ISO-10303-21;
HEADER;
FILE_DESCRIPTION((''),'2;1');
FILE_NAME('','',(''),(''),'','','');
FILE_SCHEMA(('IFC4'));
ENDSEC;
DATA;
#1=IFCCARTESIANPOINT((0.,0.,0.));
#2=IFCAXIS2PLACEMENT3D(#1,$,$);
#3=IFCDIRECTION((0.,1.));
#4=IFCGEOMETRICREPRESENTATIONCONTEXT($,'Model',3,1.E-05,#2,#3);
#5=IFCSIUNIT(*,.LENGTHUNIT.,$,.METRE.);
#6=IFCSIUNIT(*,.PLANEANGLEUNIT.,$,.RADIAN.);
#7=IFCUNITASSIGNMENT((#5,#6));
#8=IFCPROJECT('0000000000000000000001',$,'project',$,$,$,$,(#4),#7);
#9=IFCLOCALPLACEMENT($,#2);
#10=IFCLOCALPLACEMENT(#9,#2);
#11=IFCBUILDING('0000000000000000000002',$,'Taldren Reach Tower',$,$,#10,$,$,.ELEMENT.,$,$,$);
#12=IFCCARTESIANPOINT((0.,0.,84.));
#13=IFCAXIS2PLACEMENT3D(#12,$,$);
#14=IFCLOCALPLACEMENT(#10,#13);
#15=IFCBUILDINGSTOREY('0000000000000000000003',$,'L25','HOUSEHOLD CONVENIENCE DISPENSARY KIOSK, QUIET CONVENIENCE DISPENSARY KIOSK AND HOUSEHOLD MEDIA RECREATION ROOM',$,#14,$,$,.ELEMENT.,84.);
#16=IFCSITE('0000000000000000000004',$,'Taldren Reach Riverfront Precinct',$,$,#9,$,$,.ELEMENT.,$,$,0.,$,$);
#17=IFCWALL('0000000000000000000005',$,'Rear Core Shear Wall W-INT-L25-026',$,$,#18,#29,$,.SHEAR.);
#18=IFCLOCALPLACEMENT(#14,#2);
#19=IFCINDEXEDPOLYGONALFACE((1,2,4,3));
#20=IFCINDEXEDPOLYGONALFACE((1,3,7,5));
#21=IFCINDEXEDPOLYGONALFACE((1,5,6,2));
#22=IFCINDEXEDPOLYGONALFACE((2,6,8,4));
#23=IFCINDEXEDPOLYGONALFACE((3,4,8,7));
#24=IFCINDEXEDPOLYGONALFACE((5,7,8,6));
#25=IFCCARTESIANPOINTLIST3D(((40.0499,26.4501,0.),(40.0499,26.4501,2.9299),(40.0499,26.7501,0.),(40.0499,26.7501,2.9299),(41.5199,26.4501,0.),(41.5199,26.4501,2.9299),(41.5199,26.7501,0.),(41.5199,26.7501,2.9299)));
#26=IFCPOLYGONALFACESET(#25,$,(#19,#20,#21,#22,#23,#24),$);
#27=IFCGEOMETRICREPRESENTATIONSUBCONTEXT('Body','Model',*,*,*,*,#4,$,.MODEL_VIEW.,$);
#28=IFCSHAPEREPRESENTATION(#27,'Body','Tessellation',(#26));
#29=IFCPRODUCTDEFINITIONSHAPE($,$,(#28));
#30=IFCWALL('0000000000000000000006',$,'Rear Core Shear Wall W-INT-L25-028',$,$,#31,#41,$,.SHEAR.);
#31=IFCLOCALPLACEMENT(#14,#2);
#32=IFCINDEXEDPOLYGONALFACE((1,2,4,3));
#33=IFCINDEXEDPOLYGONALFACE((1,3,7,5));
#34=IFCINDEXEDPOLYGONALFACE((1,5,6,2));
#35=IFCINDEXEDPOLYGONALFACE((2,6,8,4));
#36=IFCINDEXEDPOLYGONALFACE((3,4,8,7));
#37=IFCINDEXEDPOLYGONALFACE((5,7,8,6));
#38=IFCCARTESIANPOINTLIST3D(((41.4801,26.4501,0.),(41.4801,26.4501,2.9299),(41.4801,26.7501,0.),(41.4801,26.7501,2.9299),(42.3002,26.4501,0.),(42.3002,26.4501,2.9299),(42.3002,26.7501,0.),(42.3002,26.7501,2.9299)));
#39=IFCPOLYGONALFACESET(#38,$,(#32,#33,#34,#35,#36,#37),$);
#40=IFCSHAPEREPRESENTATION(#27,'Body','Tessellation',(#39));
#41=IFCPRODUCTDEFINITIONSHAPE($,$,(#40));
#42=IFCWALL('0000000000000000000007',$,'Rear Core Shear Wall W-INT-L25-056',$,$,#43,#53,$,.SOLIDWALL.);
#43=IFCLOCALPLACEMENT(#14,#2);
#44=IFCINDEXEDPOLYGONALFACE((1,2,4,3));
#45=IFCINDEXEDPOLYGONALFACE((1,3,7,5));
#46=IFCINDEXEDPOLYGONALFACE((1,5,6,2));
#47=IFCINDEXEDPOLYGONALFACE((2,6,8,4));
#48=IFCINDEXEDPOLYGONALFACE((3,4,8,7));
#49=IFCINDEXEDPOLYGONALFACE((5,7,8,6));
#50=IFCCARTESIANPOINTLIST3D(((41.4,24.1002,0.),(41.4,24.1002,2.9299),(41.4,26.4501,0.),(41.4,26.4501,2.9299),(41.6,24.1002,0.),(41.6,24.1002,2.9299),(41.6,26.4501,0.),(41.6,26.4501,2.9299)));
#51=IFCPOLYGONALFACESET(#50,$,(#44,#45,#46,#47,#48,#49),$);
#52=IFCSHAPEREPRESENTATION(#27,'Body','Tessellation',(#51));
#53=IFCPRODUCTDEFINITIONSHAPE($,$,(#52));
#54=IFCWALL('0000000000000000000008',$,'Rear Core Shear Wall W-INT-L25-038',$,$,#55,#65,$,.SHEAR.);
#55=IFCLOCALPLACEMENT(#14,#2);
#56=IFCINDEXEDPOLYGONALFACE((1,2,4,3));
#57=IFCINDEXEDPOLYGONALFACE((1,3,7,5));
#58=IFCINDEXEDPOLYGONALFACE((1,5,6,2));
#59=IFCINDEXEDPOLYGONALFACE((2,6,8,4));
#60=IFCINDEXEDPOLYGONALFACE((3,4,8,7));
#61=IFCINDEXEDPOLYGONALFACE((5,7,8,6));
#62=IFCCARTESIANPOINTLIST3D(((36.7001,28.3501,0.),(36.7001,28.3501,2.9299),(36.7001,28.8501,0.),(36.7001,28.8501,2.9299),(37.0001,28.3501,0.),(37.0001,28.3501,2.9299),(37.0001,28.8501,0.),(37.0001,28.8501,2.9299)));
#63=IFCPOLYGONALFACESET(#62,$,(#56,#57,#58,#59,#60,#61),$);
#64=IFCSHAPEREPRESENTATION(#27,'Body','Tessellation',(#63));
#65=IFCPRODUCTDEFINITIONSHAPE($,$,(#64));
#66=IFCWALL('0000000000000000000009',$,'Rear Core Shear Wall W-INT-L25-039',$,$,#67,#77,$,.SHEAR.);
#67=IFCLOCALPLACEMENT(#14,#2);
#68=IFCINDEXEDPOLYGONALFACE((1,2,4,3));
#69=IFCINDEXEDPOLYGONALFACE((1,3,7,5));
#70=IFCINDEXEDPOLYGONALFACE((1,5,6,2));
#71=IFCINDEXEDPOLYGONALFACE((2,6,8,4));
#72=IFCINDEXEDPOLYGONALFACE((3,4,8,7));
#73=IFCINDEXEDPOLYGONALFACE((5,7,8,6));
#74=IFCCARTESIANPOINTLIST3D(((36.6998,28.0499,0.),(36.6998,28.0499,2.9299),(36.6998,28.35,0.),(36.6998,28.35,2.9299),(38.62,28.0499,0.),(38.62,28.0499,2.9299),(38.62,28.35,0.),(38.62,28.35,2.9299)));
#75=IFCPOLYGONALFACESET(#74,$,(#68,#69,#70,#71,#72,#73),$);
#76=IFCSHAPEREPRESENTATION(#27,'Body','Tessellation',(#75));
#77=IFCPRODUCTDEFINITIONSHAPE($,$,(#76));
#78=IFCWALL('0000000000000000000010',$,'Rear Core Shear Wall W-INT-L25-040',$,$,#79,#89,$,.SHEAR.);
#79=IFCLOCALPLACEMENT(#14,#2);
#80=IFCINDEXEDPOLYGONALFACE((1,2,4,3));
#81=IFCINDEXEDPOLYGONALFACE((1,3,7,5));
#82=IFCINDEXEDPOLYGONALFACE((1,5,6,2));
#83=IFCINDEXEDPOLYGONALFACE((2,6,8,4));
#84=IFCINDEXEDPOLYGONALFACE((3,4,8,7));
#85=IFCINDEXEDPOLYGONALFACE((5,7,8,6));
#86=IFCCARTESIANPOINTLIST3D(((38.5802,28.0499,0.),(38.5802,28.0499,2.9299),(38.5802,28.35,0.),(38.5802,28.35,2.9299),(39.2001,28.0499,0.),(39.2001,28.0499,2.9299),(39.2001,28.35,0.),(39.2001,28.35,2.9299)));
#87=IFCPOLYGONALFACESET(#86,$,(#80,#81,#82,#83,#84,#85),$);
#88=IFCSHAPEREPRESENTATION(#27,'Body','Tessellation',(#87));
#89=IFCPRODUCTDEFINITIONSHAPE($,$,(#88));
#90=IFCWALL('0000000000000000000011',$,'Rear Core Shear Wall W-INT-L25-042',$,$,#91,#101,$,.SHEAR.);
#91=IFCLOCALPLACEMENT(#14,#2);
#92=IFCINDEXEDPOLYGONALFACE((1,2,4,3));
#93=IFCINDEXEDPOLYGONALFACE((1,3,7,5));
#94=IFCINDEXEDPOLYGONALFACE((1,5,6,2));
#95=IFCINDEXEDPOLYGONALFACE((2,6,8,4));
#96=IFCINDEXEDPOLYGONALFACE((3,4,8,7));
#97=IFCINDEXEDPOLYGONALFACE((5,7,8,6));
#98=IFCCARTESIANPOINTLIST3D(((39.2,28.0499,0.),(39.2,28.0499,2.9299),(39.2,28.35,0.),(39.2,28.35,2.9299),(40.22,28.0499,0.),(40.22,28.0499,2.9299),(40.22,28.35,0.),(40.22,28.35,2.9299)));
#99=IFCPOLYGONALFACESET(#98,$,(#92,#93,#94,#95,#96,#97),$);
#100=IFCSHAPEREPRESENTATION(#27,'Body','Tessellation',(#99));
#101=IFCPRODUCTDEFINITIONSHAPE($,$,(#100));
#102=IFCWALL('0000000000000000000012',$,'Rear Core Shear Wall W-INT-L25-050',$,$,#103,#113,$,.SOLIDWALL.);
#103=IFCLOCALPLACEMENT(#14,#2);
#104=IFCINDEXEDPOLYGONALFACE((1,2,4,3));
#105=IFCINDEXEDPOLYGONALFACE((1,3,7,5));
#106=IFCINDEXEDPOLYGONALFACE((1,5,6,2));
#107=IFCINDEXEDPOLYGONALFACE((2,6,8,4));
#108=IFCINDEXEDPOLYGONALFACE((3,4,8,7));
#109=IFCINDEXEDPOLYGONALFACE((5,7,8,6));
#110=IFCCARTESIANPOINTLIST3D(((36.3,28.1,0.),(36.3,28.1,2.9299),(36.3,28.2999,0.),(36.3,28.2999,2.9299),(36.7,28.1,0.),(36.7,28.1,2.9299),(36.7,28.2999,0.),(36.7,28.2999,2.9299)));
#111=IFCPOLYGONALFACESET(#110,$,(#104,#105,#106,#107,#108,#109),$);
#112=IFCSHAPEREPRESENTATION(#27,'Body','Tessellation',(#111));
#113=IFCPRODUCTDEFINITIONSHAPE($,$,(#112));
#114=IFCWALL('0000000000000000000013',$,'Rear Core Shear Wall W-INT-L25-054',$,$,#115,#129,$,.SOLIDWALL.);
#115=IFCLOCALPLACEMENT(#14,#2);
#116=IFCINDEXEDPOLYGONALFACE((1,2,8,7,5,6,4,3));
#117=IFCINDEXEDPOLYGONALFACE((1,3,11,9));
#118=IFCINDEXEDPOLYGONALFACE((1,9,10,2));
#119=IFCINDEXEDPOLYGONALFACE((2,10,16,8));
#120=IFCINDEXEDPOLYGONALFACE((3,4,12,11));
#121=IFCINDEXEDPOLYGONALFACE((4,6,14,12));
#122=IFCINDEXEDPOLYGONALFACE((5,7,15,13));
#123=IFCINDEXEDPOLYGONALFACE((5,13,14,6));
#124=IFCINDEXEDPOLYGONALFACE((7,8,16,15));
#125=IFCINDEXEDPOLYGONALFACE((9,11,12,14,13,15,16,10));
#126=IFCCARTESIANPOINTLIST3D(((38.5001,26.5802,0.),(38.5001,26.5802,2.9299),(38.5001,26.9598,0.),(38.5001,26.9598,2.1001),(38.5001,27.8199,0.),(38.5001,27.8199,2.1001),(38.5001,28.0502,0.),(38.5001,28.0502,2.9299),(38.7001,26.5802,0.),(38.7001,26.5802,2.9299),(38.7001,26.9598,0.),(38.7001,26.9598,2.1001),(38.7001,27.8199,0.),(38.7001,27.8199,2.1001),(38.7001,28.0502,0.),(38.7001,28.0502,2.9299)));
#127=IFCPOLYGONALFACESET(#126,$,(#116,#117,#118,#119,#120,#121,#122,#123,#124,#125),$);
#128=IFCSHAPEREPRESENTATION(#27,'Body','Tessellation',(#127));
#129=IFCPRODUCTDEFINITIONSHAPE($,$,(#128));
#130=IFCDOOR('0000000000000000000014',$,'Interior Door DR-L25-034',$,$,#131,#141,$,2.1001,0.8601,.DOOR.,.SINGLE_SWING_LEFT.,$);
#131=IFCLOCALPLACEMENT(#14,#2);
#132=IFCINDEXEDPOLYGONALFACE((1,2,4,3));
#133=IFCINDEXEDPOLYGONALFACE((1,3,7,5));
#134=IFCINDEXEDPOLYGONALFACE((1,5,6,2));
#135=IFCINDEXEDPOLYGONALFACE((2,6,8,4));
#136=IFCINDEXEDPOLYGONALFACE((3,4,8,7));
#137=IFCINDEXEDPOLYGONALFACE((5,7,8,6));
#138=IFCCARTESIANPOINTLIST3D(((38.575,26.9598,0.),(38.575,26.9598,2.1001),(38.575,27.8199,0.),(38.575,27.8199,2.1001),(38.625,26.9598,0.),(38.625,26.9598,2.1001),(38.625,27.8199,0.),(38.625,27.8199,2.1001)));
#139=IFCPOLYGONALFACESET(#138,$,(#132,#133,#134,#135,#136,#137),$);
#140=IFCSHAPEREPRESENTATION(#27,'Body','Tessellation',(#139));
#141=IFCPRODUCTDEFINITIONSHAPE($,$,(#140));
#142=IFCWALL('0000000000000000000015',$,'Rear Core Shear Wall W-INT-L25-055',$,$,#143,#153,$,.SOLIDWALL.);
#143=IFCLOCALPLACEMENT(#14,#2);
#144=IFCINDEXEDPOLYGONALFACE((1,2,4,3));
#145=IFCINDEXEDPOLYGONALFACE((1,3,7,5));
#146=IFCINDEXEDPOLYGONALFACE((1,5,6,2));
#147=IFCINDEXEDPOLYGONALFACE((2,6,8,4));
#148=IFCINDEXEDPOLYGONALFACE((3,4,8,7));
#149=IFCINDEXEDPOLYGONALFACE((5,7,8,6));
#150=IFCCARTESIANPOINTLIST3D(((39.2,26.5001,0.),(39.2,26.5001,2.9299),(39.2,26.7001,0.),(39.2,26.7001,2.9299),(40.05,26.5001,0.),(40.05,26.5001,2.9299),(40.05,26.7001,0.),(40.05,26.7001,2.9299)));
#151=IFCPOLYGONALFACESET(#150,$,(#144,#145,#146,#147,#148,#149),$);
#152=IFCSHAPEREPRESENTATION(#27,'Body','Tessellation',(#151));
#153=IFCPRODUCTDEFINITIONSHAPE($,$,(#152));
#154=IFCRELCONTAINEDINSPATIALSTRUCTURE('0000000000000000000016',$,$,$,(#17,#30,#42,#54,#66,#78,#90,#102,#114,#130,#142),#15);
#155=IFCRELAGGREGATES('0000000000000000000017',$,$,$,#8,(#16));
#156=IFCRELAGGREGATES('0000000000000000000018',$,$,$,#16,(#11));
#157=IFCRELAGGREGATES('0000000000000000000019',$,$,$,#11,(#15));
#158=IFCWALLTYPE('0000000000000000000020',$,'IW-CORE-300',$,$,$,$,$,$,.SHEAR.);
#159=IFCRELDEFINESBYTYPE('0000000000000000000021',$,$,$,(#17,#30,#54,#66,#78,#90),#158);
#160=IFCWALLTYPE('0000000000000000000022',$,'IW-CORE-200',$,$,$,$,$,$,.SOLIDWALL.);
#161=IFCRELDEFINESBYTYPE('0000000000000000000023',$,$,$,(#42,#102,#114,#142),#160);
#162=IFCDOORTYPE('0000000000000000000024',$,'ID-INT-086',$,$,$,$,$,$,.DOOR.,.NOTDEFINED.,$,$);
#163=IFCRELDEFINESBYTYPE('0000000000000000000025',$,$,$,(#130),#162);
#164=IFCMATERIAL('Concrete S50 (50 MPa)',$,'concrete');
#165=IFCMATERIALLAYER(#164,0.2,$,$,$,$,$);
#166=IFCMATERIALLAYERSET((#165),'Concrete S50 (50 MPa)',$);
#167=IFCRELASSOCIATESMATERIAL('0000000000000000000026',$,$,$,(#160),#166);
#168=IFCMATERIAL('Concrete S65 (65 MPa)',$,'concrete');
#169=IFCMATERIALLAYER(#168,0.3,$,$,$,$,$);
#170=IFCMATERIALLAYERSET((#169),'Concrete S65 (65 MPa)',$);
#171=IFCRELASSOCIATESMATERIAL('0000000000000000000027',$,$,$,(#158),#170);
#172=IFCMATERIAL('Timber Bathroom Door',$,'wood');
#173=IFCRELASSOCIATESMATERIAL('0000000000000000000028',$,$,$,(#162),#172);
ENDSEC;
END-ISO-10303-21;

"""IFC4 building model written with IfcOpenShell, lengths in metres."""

from ifc_helpers import new_model, si_unit, direction, frame, frame_2d, origin, place, context, subcontext, project, spatial, rectangle, extrude, source, transform, mapped, material, layer, layer_set, type_object, element, fill, save


model = new_model("IFC4")

# Units and contexts
model_context = context("Model", 3, precision=1e-05, world=origin(), true_north=direction((0.0, 1.0)))
body_context = subcontext(model_context, "Body", "Model", "MODEL_VIEW")
ifc_project = project(units=[si_unit("LENGTHUNIT", "METRE"), si_unit("PLANEANGLEUNIT", "RADIAN")], contexts=[model_context])

# Site, building, storey
site_placement = place(None, origin())
site = spatial("IfcSite", under=ifc_project, at=site_placement, Name="Taldren Reach Riverfront Precinct", CompositionType="ELEMENT", RefElevation=0.0)
building_placement = place(site_placement, origin())
building = spatial("IfcBuilding", under=site, at=building_placement, Name="Taldren Reach Tower", CompositionType="ELEMENT")
storey_placement = place(building_placement, frame((0.0, 0.0, 84.0)))
storey = spatial("IfcBuildingStorey", under=building, at=storey_placement, Name="L25", Description="HOUSEHOLD CONVENIENCE DISPENSARY KIOSK, QUIET CONVENIENCE DISPENSARY KIOSK AND HOUSEHOLD MEDIA RECREATION ROOM", CompositionType="ELEMENT", Elevation=84.0)

# Shared definitions
ifc_material_1 = material(Name="Concrete S50 (50 MPa)", Category="concrete")
ifc_layer_1 = layer(ifc_material_1, 0.2)
ifc_layer_set_1 = layer_set([ifc_layer_1], Name="Concrete S50 (50 MPa)")
wall_type_1 = type_object("IfcWallType", Name="IW-CORE-200", PredefinedType="SOLIDWALL", material=ifc_layer_set_1)

# Walls
ifc_material_2 = material(Name="Concrete S65 (65 MPa)", Category="concrete")
ifc_layer_2 = layer(ifc_material_2, 0.3)
ifc_layer_set_2 = layer_set([ifc_layer_2], Name="Concrete S65 (65 MPa)")
wall_type_2 = type_object("IfcWallType", Name="IW-CORE-300", PredefinedType="SHEAR", material=ifc_layer_set_2)
shared_shape_1 = source(origin(), body_context, "Body", "SweptSolid", [
    extrude(rectangle(XDim=1.47, YDim=0.3, at=frame_2d((0.7349, 0.0))), origin(), (0.0, 0.0, 1.0), 2.9299),
])
wall_1_placement = place(storey_placement, frame((40.05, 26.6001, 0.0), z_axis=(0.0, 0.0, 1.0), x_axis=(1.0, 0.0, 0.0)))
element("IfcWall", 1, at=wall_1_placement, inside=storey, type_object=wall_type_2, Name="Rear Core Shear Wall W-INT-L25-026", PredefinedType="SHEAR", context=body_context, shape_type="MappedRepresentation", body=[
    mapped(shared_shape_1, transform((0.0, 0.0, 0.0), scale=1.0)),
])
shared_shape_2 = source(origin(), body_context, "Body", "SweptSolid", [
    extrude(rectangle(XDim=0.8201, YDim=0.3, at=frame_2d((0.4102, 0.0))), origin(), (0.0, 0.0, 1.0), 2.9299),
])
wall_2_placement = place(storey_placement, frame((41.48, 26.6001, 0.0), z_axis=(0.0, 0.0, 1.0), x_axis=(1.0, 0.0, 0.0)))
element("IfcWall", 2, at=wall_2_placement, inside=storey, type_object=wall_type_2, Name="Rear Core Shear Wall W-INT-L25-028", PredefinedType="SHEAR", context=body_context, shape_type="MappedRepresentation", body=[
    mapped(shared_shape_2, transform((0.0, 0.0, 0.0), scale=1.0)),
])
shared_shape_3 = source(origin(), body_context, "Body", "SweptSolid", [
    extrude(rectangle(XDim=2.3499, YDim=0.2, at=frame_2d((1.1748, 0.0))), origin(), (0.0, 0.0, 1.0), 2.9299),
])
wall_3_placement = place(storey_placement, frame((41.5, 26.45, 0.0), z_axis=(0.0, 0.0, 1.0), x_axis=(0.0, -1.0, 0.0)))
element("IfcWall", 3, at=wall_3_placement, inside=storey, type_object=wall_type_1, Name="Rear Core Shear Wall W-INT-L25-056", PredefinedType="SOLIDWALL", context=body_context, shape_type="MappedRepresentation", body=[
    mapped(shared_shape_3, transform((0.0, 0.0, 0.0), scale=1.0)),
])
shared_shape_4 = source(origin(), body_context, "Body", "SweptSolid", [
    extrude(rectangle(XDim=0.5, YDim=0.3, at=frame_2d((0.25, 0.0))), origin(), (0.0, 0.0, 1.0), 2.9299),
])
wall_4_placement = place(storey_placement, frame((36.8501, 28.8501, 0.0), z_axis=(0.0, 0.0, 1.0), x_axis=(0.0, -1.0, 0.0)))
element("IfcWall", 4, at=wall_4_placement, inside=storey, type_object=wall_type_2, Name="Rear Core Shear Wall W-INT-L25-038", PredefinedType="SHEAR", context=body_context, shape_type="MappedRepresentation", body=[
    mapped(shared_shape_4, transform((0.0, 0.0, 0.0), scale=1.0)),
])
shared_shape_5 = source(origin(), body_context, "Body", "SweptSolid", [
    extrude(rectangle(XDim=1.9202, YDim=0.3, at=frame_2d((0.96, 0.0))), origin(), (0.0, 0.0, 1.0), 2.9299),
])
wall_5_placement = place(storey_placement, frame((36.7, 28.2, 0.0), z_axis=(0.0, 0.0, 1.0), x_axis=(1.0, 0.0, 0.0)))
element("IfcWall", 5, at=wall_5_placement, inside=storey, type_object=wall_type_2, Name="Rear Core Shear Wall W-INT-L25-039", PredefinedType="SHEAR", context=body_context, shape_type="MappedRepresentation", body=[
    mapped(shared_shape_5, transform((0.0, 0.0, 0.0), scale=1.0)),
])
shared_shape_6 = source(origin(), body_context, "Body", "SweptSolid", [
    extrude(rectangle(XDim=0.6199, YDim=0.3, at=frame_2d((0.3101, 0.0))), origin(), (0.0, 0.0, 1.0), 2.9299),
])
wall_6_placement = place(storey_placement, frame((38.5801, 28.2, 0.0), z_axis=(0.0, 0.0, 1.0), x_axis=(1.0, 0.0, 0.0)))
element("IfcWall", 6, at=wall_6_placement, inside=storey, type_object=wall_type_2, Name="Rear Core Shear Wall W-INT-L25-040", PredefinedType="SHEAR", context=body_context, shape_type="MappedRepresentation", body=[
    mapped(shared_shape_6, transform((0.0, 0.0, 0.0), scale=1.0)),
])
shared_shape_7 = source(origin(), body_context, "Body", "SweptSolid", [
    extrude(rectangle(XDim=1.02, YDim=0.3, at=frame_2d((0.51, 0.0))), origin(), (0.0, 0.0, 1.0), 2.9299),
])
wall_7_placement = place(storey_placement, frame((39.2, 28.2, 0.0), z_axis=(0.0, 0.0, 1.0), x_axis=(1.0, 0.0, 0.0)))
element("IfcWall", 7, at=wall_7_placement, inside=storey, type_object=wall_type_2, Name="Rear Core Shear Wall W-INT-L25-042", PredefinedType="SHEAR", context=body_context, shape_type="MappedRepresentation", body=[
    mapped(shared_shape_7, transform((0.0, 0.0, 0.0), scale=1.0)),
])
shared_shape_8 = source(origin(), body_context, "Body", "SweptSolid", [
    extrude(rectangle(XDim=0.3999, YDim=0.2, at=frame_2d((0.2, 0.0))), origin(), (0.0, 0.0, 1.0), 2.9299),
])
wall_8_placement = place(storey_placement, frame((36.7, 28.2, 0.0), z_axis=(0.0, 0.0, 1.0), x_axis=(-1.0, 0.0, 0.0)))
element("IfcWall", 8, at=wall_8_placement, inside=storey, type_object=wall_type_1, Name="Rear Core Shear Wall W-INT-L25-050", PredefinedType="SOLIDWALL", context=body_context, shape_type="MappedRepresentation", body=[
    mapped(shared_shape_8, transform((0.0, 0.0, 0.0), scale=1.0)),
])

# Wall, opening, door
shared_shape_9 = source(origin(), body_context, "Body", "SweptSolid", [
    extrude(rectangle(XDim=1.47, YDim=0.2, at=frame_2d((0.7349, 0.0))), origin(), (0.0, 0.0, 1.0), 2.9299),
])
wall_9_placement = place(storey_placement, frame((38.6001, 28.05, 0.0), z_axis=(0.0, 0.0, 1.0), x_axis=(0.0, -1.0, 0.0)))
wall_9 = element("IfcWall", 9, at=wall_9_placement, inside=storey, type_object=wall_type_1, Name="Rear Core Shear Wall W-INT-L25-054", PredefinedType="SOLIDWALL", context=body_context, shape_type="MappedRepresentation", body=[
    mapped(shared_shape_9, transform((0.0, 0.0, 0.0), scale=1.0)),
])
shared_shape_10 = source(origin(), body_context, "Body", "SweptSolid", [
    extrude(rectangle(XDim=0.8601, YDim=2.1001, at=frame_2d((0.4302, 1.05))), frame((0.0, 0.1099, 0.0), z_axis=(0.0, -1.0, 0.0), x_axis=(1.0, 0.0, 0.0)), (0.0, 0.0, 1.0), 0.22),
])
opening_1_placement = place(wall_9_placement, frame((0.23, 0.0, 0.0)))
opening_1 = element("IfcOpeningElement", 10, at=opening_1_placement, cuts=wall_9, PredefinedType="OPENING", context=body_context, shape_type="MappedRepresentation", body=[
    mapped(shared_shape_10, transform((0.0, 0.0, 0.0), scale=1.0)),
])
ifc_material_3 = material(Name="Timber Bathroom Door", Category="wood")
door_type_1 = type_object("IfcDoorType", Name="ID-INT-086", OperationType="NOTDEFINED", PredefinedType="DOOR", material=ifc_material_3)
shared_shape_11 = source(origin(), body_context, "Body", "SweptSolid", [
    extrude(rectangle(XDim=0.8601, YDim=2.1001, at=frame_2d((0.4302, 1.05))), frame((0.0, 0.0249, 0.0), z_axis=(0.0, -1.0, 0.0), x_axis=(1.0, 0.0, 0.0)), (0.0, 0.0, 1.0), 0.05),
])
door_1_placement = place(opening_1_placement, origin())
door_1 = element("IfcDoor", 11, at=door_1_placement, inside=storey, type_object=door_type_1, Name="Interior Door DR-L25-034", OperationType="SINGLE_SWING_LEFT", OverallHeight=2.1001, OverallWidth=0.8601, PredefinedType="DOOR", context=body_context, shape_type="MappedRepresentation", body=[
    mapped(shared_shape_11, transform((0.0, 0.0, 0.0), scale=1.0)),
])
fill(opening_1, door_1)

# Wall
shared_shape_12 = source(origin(), body_context, "Body", "SweptSolid", [
    extrude(rectangle(XDim=0.8501, YDim=0.2, at=frame_2d((0.425, 0.0))), origin(), (0.0, 0.0, 1.0), 2.9299),
])
wall_10_placement = place(storey_placement, frame((39.2, 26.6001, 0.0), z_axis=(0.0, 0.0, 1.0), x_axis=(1.0, 0.0, 0.0)))
element("IfcWall", 12, at=wall_10_placement, inside=storey, type_object=wall_type_1, Name="Rear Core Shear Wall W-INT-L25-055", PredefinedType="SOLIDWALL", context=body_context, shape_type="MappedRepresentation", body=[
    mapped(shared_shape_12, transform((0.0, 0.0, 0.0), scale=1.0)),
])

save(model, "model.ifc")
